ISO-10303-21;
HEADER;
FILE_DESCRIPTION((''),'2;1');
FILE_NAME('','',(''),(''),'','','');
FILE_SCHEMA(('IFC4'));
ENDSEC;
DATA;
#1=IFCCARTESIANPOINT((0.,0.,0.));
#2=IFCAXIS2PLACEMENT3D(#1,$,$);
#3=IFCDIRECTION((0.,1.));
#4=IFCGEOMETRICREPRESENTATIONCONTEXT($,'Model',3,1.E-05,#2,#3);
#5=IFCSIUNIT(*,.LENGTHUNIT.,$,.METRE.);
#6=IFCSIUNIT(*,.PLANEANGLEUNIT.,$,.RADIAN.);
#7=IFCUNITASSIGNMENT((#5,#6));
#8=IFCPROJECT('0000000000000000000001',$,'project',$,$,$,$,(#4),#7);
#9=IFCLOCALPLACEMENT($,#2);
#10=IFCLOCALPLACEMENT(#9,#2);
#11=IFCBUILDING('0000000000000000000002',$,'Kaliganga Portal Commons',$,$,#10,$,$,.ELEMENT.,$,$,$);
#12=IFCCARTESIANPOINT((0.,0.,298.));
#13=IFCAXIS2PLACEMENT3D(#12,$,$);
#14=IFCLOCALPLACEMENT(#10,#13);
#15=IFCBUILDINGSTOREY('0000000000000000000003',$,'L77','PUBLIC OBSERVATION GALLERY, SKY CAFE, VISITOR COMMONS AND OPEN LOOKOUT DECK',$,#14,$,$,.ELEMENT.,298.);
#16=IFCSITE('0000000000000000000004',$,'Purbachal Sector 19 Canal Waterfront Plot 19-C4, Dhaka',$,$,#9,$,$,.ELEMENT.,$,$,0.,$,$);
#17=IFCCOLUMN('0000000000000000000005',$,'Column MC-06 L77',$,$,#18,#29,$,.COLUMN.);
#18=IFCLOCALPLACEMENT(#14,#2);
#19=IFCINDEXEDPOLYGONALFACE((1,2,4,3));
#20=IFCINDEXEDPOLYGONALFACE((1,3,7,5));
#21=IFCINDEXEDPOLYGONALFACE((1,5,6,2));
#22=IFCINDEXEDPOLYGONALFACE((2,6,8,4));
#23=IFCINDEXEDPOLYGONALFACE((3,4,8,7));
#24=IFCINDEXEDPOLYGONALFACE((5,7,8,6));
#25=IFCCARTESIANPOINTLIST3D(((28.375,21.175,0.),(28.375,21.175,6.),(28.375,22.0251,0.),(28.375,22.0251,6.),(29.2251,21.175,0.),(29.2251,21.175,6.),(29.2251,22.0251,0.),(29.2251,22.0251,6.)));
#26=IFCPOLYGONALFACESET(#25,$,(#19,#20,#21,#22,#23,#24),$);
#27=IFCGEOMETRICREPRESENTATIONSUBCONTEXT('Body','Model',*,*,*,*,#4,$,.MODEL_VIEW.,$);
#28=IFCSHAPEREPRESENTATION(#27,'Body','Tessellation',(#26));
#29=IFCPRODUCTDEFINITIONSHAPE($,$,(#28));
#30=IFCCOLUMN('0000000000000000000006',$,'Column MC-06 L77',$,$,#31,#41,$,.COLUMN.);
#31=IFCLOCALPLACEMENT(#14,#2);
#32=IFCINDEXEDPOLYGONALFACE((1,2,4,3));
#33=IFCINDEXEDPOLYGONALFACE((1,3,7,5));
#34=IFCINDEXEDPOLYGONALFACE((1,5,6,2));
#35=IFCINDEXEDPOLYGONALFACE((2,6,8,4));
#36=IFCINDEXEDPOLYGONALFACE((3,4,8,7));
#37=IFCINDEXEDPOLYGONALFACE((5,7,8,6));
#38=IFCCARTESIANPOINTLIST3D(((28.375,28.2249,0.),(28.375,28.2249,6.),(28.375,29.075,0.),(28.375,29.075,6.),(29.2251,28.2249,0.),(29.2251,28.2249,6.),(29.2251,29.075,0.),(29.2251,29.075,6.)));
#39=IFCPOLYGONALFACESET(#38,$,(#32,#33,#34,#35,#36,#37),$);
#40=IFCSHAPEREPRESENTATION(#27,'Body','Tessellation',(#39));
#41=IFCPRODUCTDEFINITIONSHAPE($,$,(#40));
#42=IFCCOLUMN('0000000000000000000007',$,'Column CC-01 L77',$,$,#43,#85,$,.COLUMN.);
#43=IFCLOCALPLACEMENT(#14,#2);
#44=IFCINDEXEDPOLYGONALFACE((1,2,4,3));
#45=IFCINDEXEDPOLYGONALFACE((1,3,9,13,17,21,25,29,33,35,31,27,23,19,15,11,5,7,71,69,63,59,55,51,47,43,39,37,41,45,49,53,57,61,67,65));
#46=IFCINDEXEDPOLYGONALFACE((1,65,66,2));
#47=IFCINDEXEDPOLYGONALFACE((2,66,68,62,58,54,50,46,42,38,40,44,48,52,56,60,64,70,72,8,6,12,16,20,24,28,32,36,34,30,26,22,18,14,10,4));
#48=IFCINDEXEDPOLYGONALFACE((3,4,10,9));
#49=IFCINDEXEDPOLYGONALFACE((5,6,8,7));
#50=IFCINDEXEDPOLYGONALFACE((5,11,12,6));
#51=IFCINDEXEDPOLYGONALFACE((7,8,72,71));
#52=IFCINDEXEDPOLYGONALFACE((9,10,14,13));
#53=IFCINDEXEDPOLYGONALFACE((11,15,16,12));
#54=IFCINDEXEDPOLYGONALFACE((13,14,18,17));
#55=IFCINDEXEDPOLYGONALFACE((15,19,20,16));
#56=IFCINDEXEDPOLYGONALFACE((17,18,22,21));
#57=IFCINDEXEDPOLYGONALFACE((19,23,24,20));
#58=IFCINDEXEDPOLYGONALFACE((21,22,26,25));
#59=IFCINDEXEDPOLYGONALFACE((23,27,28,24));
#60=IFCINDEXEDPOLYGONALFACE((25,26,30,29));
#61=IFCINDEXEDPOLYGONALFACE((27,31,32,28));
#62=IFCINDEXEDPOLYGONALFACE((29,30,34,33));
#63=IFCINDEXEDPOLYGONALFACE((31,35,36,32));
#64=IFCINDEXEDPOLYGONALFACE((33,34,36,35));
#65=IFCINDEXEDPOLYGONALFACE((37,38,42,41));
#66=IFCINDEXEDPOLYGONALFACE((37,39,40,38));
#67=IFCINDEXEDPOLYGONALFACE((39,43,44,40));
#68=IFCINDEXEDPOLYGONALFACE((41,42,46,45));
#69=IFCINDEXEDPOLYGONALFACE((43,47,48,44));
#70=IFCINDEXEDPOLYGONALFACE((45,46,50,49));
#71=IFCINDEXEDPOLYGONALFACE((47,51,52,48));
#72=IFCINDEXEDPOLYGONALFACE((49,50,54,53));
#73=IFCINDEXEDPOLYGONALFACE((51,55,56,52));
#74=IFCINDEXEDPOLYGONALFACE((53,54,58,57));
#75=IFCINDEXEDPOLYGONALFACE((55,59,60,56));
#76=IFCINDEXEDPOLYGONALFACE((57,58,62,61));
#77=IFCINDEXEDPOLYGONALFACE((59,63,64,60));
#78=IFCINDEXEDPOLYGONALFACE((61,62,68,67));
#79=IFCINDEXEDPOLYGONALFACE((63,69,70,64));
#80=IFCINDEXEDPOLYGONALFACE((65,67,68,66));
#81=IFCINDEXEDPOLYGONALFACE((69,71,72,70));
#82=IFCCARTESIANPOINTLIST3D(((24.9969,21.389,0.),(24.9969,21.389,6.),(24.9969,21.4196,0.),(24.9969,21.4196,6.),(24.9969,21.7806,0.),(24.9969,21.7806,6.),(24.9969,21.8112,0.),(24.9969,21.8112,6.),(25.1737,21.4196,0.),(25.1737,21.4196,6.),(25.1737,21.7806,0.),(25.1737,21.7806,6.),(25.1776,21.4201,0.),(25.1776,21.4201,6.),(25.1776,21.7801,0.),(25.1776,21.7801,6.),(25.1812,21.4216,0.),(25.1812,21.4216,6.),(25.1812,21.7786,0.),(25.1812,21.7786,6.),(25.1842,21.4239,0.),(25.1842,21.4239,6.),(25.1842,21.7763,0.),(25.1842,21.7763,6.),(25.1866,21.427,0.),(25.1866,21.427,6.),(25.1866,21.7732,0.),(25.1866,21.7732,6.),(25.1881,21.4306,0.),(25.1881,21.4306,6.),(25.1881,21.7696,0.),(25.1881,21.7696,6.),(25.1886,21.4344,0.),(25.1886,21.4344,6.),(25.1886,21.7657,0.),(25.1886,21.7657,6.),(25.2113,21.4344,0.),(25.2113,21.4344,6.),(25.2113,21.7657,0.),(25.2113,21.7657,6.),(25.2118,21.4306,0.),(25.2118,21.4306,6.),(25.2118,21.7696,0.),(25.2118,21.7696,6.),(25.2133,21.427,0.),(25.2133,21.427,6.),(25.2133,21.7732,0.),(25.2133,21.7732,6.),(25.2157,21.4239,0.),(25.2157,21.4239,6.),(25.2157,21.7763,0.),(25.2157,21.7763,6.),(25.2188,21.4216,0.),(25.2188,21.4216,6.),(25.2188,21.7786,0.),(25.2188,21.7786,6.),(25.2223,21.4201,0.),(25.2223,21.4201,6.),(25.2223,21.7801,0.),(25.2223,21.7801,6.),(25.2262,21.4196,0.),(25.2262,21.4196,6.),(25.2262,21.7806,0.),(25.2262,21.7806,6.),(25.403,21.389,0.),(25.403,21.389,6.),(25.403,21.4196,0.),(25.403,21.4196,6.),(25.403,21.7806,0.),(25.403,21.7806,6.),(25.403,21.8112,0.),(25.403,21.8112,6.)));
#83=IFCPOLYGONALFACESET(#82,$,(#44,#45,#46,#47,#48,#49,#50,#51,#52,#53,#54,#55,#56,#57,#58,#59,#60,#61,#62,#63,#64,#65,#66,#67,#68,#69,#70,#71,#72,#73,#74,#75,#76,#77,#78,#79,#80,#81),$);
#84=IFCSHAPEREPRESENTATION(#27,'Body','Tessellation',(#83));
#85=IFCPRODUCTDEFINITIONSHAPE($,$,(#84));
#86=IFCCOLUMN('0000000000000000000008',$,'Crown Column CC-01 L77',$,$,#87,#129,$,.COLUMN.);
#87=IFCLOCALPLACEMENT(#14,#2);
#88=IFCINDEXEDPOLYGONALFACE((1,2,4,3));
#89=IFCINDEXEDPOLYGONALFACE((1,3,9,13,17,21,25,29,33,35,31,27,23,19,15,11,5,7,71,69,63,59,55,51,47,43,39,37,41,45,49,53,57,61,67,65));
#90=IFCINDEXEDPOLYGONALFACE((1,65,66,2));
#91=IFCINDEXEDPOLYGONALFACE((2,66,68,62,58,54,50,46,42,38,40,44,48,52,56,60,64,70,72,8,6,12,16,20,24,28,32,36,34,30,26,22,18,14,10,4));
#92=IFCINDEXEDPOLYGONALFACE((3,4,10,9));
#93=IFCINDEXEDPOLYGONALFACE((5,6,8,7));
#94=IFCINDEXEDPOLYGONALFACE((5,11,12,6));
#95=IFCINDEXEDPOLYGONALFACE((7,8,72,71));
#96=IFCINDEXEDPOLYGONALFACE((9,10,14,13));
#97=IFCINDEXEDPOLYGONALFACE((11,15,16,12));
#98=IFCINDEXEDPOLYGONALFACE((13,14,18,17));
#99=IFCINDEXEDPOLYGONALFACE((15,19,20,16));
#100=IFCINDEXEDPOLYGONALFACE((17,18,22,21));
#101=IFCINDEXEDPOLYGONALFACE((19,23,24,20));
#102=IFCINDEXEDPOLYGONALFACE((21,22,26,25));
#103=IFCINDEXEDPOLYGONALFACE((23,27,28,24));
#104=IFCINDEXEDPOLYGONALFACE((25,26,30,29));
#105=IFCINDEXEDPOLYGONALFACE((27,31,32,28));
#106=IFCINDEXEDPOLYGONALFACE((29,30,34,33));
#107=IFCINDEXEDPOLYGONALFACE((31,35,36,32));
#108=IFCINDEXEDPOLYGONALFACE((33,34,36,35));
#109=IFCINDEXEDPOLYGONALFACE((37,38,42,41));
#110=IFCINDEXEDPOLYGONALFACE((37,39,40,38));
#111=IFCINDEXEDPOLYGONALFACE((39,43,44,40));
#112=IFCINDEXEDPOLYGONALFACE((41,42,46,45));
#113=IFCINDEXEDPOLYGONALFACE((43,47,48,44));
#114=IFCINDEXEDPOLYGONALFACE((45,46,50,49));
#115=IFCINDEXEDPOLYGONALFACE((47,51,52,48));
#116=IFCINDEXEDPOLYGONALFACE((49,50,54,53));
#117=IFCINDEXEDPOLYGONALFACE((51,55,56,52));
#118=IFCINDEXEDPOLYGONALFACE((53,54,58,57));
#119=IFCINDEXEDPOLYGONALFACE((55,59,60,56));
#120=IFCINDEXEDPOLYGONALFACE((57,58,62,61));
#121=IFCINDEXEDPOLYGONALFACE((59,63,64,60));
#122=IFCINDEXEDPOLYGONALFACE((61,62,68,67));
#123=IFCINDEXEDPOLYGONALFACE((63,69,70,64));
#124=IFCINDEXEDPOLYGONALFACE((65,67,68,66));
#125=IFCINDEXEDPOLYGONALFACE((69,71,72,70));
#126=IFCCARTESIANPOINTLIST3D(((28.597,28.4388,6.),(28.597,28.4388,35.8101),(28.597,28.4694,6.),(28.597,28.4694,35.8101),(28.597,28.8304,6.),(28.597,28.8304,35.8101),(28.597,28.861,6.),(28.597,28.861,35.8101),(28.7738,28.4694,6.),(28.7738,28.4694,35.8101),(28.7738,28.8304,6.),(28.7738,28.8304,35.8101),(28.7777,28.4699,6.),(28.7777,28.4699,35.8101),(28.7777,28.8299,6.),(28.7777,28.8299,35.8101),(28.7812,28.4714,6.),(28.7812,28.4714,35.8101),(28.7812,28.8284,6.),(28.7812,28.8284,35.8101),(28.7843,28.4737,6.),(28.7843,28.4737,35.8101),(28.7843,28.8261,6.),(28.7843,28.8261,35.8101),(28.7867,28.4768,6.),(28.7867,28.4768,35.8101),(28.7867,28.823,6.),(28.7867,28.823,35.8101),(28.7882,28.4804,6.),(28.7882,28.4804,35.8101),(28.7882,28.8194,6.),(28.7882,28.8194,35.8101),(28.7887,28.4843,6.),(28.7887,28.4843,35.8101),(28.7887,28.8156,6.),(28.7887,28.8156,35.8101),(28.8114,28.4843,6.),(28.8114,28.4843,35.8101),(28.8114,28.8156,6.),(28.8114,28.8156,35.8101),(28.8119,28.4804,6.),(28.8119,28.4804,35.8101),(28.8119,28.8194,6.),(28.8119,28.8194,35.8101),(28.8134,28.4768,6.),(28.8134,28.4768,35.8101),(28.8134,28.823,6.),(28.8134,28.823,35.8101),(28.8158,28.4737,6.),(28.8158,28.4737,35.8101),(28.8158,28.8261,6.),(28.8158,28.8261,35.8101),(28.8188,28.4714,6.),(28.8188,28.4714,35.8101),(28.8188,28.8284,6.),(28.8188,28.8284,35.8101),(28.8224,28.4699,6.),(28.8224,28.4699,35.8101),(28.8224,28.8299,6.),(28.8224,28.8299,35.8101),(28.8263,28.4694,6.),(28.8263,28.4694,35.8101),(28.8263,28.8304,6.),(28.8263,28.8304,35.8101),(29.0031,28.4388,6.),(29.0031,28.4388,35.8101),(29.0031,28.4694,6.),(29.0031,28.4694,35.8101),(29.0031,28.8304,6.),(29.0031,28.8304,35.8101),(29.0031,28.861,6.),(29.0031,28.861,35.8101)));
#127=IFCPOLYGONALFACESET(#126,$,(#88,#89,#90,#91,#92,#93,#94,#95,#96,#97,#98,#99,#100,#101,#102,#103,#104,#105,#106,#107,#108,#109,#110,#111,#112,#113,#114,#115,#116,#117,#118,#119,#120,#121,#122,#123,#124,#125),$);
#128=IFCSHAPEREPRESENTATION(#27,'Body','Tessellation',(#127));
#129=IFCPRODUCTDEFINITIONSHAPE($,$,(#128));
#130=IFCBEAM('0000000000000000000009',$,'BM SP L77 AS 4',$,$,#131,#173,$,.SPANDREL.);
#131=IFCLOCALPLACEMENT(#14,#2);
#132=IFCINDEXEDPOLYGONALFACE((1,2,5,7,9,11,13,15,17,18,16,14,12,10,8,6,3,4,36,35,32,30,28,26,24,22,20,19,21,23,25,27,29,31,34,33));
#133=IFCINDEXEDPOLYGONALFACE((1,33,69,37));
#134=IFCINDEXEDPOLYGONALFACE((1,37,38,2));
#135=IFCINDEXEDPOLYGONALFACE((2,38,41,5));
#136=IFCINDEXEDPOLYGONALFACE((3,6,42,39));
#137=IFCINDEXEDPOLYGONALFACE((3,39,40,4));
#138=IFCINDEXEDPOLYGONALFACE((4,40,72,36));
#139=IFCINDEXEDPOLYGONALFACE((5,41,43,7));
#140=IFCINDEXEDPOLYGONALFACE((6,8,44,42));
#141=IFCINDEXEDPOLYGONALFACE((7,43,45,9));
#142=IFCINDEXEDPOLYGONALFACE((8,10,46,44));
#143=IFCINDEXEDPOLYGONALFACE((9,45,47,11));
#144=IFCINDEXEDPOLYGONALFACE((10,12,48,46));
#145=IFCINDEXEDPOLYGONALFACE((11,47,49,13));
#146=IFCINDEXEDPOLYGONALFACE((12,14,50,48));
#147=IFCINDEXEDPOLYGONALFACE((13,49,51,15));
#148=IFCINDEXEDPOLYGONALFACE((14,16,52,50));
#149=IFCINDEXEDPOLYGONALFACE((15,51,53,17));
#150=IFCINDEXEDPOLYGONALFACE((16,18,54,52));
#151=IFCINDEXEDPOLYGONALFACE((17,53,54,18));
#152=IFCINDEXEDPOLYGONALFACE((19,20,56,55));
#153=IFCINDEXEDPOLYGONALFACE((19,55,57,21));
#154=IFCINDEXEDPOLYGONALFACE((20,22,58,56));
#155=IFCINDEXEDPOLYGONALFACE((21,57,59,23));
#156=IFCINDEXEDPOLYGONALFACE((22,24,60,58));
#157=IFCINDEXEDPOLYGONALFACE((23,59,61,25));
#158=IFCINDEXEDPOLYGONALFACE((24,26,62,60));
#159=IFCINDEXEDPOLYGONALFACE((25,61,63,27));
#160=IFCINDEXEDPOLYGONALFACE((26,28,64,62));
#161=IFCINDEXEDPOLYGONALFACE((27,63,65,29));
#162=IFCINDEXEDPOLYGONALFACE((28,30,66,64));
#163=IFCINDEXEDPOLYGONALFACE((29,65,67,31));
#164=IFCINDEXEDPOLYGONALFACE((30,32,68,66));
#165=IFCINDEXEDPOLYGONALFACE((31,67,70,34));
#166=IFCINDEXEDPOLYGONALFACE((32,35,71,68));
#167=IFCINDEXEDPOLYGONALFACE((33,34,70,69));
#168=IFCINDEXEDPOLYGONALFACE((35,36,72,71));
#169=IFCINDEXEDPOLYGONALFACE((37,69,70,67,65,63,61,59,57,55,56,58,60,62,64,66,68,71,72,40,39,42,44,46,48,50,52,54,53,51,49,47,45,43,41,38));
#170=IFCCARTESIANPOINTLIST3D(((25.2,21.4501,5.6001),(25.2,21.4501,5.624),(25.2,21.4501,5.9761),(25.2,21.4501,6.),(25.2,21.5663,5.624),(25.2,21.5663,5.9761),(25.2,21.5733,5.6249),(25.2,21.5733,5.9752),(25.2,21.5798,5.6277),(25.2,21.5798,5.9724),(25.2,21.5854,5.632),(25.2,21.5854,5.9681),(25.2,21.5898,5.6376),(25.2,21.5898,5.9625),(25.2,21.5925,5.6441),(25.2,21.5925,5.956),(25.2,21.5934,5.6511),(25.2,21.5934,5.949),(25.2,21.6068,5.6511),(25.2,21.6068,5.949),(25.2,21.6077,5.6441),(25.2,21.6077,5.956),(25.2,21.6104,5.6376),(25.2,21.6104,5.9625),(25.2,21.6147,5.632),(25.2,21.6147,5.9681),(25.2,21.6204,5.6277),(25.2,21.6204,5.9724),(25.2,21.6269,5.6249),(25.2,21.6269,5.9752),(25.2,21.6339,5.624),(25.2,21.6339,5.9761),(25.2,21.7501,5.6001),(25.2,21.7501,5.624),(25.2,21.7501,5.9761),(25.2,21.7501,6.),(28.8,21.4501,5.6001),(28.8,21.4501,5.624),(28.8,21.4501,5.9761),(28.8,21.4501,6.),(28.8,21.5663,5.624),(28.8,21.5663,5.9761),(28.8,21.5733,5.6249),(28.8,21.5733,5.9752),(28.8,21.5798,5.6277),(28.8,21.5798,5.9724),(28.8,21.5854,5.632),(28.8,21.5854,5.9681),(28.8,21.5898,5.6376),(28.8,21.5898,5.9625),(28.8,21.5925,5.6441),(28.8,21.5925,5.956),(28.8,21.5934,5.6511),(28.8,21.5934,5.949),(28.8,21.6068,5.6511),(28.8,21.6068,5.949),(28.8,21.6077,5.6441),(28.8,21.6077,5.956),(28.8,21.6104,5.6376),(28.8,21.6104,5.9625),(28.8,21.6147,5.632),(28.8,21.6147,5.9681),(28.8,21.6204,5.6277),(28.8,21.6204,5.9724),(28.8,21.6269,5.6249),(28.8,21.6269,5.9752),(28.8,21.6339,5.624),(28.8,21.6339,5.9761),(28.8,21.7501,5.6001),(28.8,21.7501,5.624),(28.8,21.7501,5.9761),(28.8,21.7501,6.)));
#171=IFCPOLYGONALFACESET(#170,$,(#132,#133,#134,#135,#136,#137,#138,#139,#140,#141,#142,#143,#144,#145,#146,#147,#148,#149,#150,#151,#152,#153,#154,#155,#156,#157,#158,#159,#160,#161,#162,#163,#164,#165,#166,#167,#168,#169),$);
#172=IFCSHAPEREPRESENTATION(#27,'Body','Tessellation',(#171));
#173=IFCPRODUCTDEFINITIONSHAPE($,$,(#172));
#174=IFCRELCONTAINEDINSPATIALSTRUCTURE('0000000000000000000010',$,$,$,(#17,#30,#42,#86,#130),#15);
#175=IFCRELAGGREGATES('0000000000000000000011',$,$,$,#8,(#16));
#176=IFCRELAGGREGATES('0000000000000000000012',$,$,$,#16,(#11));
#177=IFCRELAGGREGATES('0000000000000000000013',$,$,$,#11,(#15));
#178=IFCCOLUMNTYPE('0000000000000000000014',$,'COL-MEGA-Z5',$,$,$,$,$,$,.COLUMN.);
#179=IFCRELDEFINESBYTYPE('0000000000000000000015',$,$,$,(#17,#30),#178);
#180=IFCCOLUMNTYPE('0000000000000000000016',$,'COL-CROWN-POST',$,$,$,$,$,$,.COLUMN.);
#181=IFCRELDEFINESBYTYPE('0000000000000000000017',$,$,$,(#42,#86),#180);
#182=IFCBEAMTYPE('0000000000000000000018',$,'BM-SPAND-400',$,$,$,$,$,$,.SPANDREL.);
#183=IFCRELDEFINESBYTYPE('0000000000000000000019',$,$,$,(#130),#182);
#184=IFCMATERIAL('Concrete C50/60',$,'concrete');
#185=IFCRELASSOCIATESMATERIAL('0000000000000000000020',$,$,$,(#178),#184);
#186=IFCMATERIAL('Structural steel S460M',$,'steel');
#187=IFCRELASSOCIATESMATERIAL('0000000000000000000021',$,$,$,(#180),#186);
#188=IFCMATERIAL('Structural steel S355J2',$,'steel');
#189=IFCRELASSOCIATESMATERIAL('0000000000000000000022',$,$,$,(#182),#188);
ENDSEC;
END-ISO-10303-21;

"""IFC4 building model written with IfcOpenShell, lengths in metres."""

from ifc_helpers import new_model, si_unit, direction, frame, origin, origin_2d, place, context, subcontext, project, spatial, rectangle, i_section, extrude, source, transform, mapped, material, material_profile, profile_set, type_object, element, save


model = new_model("IFC4")

# Units and contexts
model_context = context("Model", 3, precision=1e-05, world=origin(), true_north=direction((0.0, 1.0)))
body_context = subcontext(model_context, "Body", "Model", "MODEL_VIEW")
ifc_project = project(units=[si_unit("LENGTHUNIT", "METRE"), si_unit("PLANEANGLEUNIT", "RADIAN")], contexts=[model_context])

# Site, building, storey
site_placement = place(None, origin())
site = spatial("IfcSite", under=ifc_project, at=site_placement, Name="Purbachal Sector 19 Canal Waterfront Plot 19-C4, Dhaka", CompositionType="ELEMENT", RefElevation=0.0)
building_placement = place(site_placement, origin())
building = spatial("IfcBuilding", under=site, at=building_placement, Name="Kaliganga Portal Commons", CompositionType="ELEMENT")
storey_placement = place(building_placement, frame((0.0, 0.0, 298.0)))
storey = spatial("IfcBuildingStorey", under=building, at=storey_placement, Name="L77", Description="PUBLIC OBSERVATION GALLERY, SKY CAFE, VISITOR COMMONS AND OPEN LOOKOUT DECK", CompositionType="ELEMENT", Elevation=298.0)

# Columns
ifc_material_1 = material(Name="Concrete C50/60", Category="concrete")
ifc_material_profile_1 = material_profile(ifc_material_1, rectangle(XDim=0.8501, YDim=0.8501, at=origin_2d()), Name="RC 850x850")
ifc_profile_set_1 = profile_set([ifc_material_profile_1], Name="Concrete C50/60")
column_type_1 = type_object("IfcColumnType", Name="COL-MEGA-Z5", PredefinedType="COLUMN", material=ifc_profile_set_1)
shared_shape_1 = source(origin(), body_context, "Body", "SweptSolid", [
    extrude(rectangle(XDim=0.8501, YDim=0.8501, at=origin_2d()), origin(), (0.0, 0.0, 1.0), 6.0),
])
for number, where, z_axis, x_axis, name in (
    (1, (28.8, 21.6001, 0.0), (0.0, 0.0, 1.0), (1.0, 0.0, 0.0), "Column MC-06 L77"),
    (2, (28.8, 28.6499, 0.0), (0.0, 0.0, 1.0), (1.0, 0.0, 0.0), "Column MC-06 L77"),
):
    element("IfcColumn", number, at=place(storey_placement, frame(where, z_axis=z_axis, x_axis=x_axis)), inside=storey, type_object=column_type_1, Name=name, PredefinedType="COLUMN", context=body_context, shape_type="MappedRepresentation", body=[
        mapped(shared_shape_1, transform((0.0, 0.0, 0.0), x_axis=(1.0, 0.0, 0.0), y_axis=(0.0, 1.0, 0.0), z_axis=(0.0, 0.0, 1.0), scale=1.0)),
    ])
ifc_material_2 = material(Name="Structural steel S460M", Category="steel")
ifc_material_profile_2 = material_profile(ifc_material_2, i_section(OverallWidth=0.406, OverallDepth=0.4221, WebThickness=0.0227, FlangeThickness=0.0305, FilletRadius=0.0149, at=origin_2d()), Name="HD 400x382")
ifc_profile_set_2 = profile_set([ifc_material_profile_2], Name="Structural steel S460M wide-flange")
column_type_2 = type_object("IfcColumnType", Name="COL-CROWN-POST", PredefinedType="COLUMN", material=ifc_profile_set_2)
shared_shape_2 = source(origin(), body_context, "Body", "SweptSolid", [
    extrude(i_section(OverallWidth=0.406, OverallDepth=0.4221, WebThickness=0.0227, FlangeThickness=0.0305, FilletRadius=0.0149, at=origin_2d()), origin(), (0.0, 0.0, 1.0), 6.0),
])
column_1_placement = place(storey_placement, frame((25.2, 21.6001, 0.0), z_axis=(0.0, 0.0, 1.0), x_axis=(1.0, 0.0, 0.0)))
element("IfcColumn", 3, at=column_1_placement, inside=storey, type_object=column_type_2, Name="Column CC-01 L77", PredefinedType="COLUMN", context=body_context, shape_type="MappedRepresentation", body=[
    mapped(shared_shape_2, transform((0.0, 0.0, 0.0), x_axis=(1.0, 0.0, 0.0), y_axis=(0.0, 1.0, 0.0), z_axis=(0.0, 0.0, 1.0), scale=1.0)),
])
shared_shape_3 = source(origin(), body_context, "Body", "SweptSolid", [
    extrude(i_section(OverallWidth=0.406, OverallDepth=0.4221, WebThickness=0.0227, FlangeThickness=0.0305, FilletRadius=0.0149, at=origin_2d()), origin(), (0.0, 0.0, 1.0), 29.8101),
])
column_2_placement = place(storey_placement, frame((28.8, 28.6499, 6.0), z_axis=(0.0, 0.0, 1.0), x_axis=(1.0, 0.0, 0.0)))
element("IfcColumn", 4, at=column_2_placement, inside=storey, type_object=column_type_2, Name="Crown Column CC-01 L77", PredefinedType="COLUMN", context=body_context, shape_type="MappedRepresentation", body=[
    mapped(shared_shape_3, transform((0.0, 0.0, 0.0), x_axis=(1.0, 0.0, 0.0), y_axis=(0.0, 1.0, 0.0), z_axis=(0.0, 0.0, 1.0), scale=1.0)),
])

# Beam
ifc_material_3 = material(Name="Structural steel S355J2", Category="steel")
ifc_material_profile_3 = material_profile(ifc_material_3, i_section(OverallWidth=0.3, OverallDepth=0.3999, WebThickness=0.0134, FlangeThickness=0.0239, FilletRadius=0.0271, at=origin_2d()), Name="HE 400 B")
ifc_profile_set_3 = profile_set([ifc_material_profile_3], Name="Structural steel S355J2 wide-flange")
beam_type_1 = type_object("IfcBeamType", Name="BM-SPAND-400", PredefinedType="SPANDREL", material=ifc_profile_set_3)
shared_shape_4 = source(origin(), body_context, "Body", "SweptSolid", [
    extrude(i_section(OverallWidth=0.3, OverallDepth=0.3999, WebThickness=0.0134, FlangeThickness=0.0239, FilletRadius=0.0271, at=origin_2d()), origin(), (0.0, 0.0, 1.0), 3.6001),
])
beam_1_placement = place(storey_placement, frame((25.2, 21.6001, 5.8), z_axis=(1.0, 0.0, 0.0), x_axis=(0.0, 1.0, 0.0)))
element("IfcBeam", 5, at=beam_1_placement, inside=storey, type_object=beam_type_1, Name="BM SP L77 AS 4", PredefinedType="SPANDREL", context=body_context, shape_type="MappedRepresentation", body=[
    mapped(shared_shape_4, transform((0.0, 0.0, 0.0), x_axis=(1.0, 0.0, 0.0), y_axis=(0.0, 1.0, 0.0), z_axis=(0.0, 0.0, 1.0), scale=1.0)),
])

save(model, "model.ifc")
